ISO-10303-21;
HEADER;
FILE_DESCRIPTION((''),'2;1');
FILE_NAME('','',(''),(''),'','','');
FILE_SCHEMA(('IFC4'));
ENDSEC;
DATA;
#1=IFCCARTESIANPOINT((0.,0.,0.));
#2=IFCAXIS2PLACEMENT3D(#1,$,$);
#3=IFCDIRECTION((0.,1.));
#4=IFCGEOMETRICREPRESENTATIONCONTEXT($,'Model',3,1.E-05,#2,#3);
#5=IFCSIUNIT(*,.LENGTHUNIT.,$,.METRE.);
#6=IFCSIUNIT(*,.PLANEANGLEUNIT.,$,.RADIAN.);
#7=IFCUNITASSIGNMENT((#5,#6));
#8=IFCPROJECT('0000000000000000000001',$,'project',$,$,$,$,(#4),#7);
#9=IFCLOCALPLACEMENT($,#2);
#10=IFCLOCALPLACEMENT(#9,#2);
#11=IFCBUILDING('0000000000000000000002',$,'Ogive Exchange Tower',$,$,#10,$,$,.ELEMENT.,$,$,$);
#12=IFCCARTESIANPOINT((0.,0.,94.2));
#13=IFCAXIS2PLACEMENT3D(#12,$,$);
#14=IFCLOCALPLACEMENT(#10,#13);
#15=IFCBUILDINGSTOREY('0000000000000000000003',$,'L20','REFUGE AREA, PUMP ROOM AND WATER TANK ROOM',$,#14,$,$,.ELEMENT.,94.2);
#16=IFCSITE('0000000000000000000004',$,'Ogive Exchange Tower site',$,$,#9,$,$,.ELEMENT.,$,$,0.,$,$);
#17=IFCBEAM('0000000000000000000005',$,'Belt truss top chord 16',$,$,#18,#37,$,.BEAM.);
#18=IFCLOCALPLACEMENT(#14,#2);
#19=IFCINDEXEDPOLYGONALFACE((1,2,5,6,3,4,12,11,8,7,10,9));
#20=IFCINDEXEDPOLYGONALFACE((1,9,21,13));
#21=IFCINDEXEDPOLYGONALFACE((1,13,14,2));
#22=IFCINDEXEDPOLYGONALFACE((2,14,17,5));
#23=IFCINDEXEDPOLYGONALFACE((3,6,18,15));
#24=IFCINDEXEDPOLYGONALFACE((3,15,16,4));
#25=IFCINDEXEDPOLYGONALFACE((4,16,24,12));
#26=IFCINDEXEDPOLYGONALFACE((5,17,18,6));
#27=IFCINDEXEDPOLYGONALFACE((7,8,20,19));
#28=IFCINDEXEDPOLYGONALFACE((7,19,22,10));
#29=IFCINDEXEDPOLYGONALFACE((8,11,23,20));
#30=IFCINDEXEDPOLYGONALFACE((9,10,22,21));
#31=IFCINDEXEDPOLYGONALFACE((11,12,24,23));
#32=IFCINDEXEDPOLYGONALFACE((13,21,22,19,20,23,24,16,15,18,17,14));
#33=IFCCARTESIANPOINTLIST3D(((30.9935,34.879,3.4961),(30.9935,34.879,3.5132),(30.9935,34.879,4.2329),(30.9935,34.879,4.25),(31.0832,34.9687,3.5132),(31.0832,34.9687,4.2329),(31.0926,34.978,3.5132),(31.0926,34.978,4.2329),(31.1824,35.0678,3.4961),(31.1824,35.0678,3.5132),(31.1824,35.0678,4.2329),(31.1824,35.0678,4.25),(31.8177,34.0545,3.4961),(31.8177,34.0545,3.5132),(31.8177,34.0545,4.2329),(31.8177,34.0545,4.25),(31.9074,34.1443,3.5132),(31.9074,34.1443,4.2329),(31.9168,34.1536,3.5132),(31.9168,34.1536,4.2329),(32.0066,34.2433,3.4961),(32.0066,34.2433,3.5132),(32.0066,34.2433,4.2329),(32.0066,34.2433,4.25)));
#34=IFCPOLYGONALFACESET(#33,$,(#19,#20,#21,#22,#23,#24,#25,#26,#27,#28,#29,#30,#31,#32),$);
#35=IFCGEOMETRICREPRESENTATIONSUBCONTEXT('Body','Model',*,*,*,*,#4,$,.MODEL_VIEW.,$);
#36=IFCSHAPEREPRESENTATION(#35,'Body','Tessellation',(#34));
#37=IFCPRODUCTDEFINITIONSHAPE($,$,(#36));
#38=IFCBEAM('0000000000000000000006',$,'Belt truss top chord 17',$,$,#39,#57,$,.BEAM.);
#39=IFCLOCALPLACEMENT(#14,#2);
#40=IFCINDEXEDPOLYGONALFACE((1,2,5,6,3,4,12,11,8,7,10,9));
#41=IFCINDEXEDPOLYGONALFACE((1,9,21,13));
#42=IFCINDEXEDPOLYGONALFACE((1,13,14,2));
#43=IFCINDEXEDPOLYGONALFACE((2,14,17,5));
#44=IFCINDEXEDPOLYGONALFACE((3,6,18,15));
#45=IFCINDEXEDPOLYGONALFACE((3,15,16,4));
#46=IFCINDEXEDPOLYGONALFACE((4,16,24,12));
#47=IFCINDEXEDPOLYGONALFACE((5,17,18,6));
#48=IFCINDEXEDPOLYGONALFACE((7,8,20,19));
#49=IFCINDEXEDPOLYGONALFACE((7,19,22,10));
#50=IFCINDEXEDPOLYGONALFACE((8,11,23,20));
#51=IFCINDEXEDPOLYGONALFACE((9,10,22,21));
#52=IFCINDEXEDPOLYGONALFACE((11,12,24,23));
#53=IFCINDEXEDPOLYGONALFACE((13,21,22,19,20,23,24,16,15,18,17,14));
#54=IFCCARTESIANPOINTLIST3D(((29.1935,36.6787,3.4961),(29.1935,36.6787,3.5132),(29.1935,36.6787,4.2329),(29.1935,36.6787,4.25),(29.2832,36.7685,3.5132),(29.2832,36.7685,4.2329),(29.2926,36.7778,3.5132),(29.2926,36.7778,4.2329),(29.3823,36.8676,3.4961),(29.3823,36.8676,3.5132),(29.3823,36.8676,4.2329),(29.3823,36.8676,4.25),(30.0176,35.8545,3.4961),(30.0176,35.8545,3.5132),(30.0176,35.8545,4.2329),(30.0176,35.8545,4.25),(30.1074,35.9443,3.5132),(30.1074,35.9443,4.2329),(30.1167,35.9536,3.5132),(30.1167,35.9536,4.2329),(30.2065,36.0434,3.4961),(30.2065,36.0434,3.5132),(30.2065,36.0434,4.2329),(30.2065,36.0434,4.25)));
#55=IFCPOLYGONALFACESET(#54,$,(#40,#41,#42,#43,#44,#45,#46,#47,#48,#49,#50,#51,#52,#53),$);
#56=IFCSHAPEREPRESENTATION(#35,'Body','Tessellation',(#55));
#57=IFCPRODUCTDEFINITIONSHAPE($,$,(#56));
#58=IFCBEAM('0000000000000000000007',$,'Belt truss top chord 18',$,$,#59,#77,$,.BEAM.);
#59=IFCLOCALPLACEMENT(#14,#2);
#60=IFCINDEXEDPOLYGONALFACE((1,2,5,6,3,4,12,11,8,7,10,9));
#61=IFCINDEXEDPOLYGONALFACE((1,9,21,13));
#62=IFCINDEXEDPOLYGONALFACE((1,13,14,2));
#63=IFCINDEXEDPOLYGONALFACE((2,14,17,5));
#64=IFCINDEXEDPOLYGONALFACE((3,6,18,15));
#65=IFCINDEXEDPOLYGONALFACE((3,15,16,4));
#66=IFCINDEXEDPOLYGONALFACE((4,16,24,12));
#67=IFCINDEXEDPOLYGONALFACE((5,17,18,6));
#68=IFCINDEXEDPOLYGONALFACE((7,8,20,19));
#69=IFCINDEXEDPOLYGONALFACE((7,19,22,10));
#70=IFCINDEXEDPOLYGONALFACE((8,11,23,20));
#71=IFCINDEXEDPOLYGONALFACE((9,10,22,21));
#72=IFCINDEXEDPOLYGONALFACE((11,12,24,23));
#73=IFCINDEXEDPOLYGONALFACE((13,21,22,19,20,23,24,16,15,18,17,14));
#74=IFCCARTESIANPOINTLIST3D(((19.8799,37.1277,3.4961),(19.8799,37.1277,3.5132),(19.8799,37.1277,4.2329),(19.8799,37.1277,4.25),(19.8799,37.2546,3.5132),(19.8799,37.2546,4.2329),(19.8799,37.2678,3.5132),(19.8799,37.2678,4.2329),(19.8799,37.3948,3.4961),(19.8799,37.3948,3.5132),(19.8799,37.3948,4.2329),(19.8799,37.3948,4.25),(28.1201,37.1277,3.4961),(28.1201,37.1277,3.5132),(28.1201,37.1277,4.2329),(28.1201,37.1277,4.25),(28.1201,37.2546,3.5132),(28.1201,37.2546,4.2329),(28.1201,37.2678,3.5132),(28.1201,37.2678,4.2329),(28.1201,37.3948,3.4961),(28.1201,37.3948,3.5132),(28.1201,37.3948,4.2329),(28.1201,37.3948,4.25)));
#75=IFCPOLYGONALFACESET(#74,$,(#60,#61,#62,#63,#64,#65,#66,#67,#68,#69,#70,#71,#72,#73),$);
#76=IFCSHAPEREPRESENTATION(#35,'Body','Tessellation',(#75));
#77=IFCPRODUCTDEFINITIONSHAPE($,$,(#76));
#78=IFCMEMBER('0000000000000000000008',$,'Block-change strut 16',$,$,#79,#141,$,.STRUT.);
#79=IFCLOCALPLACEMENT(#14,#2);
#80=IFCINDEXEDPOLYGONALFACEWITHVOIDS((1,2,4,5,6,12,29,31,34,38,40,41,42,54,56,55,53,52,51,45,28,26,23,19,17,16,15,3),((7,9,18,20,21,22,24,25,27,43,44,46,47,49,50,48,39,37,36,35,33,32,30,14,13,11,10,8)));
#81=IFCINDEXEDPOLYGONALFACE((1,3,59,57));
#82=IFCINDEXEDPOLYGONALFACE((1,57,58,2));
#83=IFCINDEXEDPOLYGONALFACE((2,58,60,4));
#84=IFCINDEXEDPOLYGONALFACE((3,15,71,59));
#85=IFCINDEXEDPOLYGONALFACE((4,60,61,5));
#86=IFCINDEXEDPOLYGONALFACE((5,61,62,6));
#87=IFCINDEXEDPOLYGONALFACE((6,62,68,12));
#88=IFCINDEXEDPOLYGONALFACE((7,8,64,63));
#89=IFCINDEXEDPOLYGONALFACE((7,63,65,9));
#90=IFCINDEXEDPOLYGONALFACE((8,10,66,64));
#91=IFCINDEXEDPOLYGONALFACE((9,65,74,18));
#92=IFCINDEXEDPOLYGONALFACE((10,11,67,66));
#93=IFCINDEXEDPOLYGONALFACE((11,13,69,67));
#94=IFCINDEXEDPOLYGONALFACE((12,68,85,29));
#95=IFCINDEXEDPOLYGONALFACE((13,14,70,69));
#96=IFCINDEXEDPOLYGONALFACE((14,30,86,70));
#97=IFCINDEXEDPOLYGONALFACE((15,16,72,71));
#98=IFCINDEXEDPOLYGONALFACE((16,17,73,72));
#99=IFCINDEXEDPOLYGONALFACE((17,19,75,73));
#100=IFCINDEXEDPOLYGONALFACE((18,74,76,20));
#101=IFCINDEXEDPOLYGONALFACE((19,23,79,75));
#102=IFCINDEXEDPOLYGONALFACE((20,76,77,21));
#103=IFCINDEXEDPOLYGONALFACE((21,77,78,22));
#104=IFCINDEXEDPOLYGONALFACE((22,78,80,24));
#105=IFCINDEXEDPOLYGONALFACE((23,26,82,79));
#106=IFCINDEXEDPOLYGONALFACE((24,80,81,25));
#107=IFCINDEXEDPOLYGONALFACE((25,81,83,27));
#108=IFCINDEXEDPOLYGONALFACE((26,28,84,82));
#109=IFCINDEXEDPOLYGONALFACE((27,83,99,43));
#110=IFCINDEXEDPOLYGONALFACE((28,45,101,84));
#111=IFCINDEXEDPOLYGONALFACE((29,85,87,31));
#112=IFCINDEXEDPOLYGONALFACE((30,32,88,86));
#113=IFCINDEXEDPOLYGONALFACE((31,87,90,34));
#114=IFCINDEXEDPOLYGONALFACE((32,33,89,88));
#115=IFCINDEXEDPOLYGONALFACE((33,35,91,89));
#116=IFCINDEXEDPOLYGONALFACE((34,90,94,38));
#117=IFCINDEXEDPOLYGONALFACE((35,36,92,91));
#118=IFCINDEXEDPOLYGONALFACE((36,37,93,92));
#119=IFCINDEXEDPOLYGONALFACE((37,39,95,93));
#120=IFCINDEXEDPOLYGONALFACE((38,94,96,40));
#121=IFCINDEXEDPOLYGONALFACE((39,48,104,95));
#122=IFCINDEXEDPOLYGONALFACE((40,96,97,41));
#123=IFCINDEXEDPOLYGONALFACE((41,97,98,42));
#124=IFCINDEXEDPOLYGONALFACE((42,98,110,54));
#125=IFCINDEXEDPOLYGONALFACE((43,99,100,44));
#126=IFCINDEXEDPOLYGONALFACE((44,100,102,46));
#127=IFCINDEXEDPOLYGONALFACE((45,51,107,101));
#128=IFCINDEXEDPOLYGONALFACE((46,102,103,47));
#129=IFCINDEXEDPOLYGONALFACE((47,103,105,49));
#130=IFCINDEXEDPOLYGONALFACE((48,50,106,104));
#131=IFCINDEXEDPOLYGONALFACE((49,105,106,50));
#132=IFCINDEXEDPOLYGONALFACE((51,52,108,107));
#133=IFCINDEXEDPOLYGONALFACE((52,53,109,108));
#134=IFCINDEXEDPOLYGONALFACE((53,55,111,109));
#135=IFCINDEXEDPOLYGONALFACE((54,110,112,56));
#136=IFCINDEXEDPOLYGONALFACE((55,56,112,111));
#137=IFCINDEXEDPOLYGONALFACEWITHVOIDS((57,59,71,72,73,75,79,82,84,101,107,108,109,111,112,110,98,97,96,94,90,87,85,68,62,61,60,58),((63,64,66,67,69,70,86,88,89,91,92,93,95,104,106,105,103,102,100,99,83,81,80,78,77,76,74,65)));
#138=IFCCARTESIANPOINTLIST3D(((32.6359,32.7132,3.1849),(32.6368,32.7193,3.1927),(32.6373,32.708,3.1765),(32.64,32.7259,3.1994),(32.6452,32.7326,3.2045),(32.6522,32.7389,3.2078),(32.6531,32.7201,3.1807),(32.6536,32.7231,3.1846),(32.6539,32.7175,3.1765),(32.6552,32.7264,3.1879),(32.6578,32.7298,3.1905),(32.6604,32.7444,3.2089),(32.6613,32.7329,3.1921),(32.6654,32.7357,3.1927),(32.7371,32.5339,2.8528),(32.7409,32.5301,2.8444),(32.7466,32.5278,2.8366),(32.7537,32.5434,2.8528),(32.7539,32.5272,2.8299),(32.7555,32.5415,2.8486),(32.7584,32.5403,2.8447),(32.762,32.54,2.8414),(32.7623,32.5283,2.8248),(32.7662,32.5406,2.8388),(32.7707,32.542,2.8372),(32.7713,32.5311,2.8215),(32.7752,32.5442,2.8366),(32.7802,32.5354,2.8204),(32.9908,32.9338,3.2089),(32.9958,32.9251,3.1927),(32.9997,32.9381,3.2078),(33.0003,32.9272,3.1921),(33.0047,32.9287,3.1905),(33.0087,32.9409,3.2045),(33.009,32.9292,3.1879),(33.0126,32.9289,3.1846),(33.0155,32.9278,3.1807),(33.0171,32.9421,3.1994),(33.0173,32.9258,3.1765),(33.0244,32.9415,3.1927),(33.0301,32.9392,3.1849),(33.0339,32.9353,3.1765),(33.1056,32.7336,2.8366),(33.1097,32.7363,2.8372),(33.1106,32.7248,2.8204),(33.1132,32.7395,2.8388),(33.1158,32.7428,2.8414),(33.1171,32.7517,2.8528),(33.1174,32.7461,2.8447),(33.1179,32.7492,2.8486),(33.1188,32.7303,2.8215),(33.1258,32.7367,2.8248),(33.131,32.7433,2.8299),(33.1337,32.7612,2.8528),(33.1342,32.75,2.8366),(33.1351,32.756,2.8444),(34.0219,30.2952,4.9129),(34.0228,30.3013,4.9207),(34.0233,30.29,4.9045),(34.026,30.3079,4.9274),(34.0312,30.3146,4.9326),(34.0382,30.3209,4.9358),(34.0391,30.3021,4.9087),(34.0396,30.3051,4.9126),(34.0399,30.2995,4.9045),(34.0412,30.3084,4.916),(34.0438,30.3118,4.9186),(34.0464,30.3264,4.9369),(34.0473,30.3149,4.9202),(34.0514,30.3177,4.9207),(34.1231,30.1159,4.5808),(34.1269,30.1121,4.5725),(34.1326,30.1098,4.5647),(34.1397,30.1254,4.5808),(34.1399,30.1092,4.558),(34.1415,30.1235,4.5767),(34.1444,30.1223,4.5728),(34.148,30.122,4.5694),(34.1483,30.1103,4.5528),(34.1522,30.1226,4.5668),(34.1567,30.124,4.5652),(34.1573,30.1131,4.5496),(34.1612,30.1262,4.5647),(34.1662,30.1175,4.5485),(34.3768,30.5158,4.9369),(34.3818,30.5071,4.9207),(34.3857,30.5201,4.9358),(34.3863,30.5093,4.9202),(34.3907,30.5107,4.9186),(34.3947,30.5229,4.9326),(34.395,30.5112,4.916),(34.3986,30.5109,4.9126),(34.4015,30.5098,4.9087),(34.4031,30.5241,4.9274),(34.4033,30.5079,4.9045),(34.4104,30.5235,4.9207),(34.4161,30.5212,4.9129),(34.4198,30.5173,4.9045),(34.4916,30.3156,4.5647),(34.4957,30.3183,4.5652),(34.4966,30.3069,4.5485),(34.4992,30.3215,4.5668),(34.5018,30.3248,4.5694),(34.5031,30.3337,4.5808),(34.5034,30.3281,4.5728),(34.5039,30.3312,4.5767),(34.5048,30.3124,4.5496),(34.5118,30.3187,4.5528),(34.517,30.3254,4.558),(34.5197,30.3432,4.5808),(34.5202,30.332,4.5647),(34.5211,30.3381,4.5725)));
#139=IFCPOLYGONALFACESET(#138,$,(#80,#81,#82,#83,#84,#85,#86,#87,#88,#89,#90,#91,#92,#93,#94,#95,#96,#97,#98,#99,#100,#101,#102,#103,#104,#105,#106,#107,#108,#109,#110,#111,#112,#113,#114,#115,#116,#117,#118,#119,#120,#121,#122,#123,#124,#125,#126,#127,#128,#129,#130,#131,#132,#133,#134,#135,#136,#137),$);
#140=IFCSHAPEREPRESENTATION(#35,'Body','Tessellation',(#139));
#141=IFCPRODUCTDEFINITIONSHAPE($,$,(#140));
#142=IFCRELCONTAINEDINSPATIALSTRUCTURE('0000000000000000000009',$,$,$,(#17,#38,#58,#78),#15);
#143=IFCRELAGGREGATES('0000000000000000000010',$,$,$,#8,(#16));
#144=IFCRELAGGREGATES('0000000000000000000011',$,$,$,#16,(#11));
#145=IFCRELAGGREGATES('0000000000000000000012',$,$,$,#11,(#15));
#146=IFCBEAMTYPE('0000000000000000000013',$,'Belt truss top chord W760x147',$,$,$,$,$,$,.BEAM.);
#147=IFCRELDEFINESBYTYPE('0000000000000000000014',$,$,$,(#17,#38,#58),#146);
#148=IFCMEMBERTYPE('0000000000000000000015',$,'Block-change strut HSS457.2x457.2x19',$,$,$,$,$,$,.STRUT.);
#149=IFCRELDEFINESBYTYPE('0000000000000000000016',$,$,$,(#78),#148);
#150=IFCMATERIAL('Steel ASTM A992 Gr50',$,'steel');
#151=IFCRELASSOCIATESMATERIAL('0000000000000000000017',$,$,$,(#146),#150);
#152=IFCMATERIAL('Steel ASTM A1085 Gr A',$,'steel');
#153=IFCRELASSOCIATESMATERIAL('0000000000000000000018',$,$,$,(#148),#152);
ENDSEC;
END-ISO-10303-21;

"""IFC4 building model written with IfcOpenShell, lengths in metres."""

from ifc_helpers import new_model, si_unit, direction, frame, origin, origin_2d, place, context, subcontext, project, spatial, hollow_rectangle, i_section, extrude, material, material_profile, profile_set, type_object, element, save


model = new_model("IFC4")

# Units and contexts
model_context = context("Model", 3, precision=1e-05, world=origin(), true_north=direction((0.0, 1.0)))
body_context = subcontext(model_context, "Body", "Model", "MODEL_VIEW")
ifc_project = project(units=[si_unit("LENGTHUNIT", "METRE"), si_unit("PLANEANGLEUNIT", "RADIAN")], contexts=[model_context])

# Site, building, storey
site_placement = place(None, origin())
site = spatial("IfcSite", under=ifc_project, at=site_placement, Name="Ogive Exchange Tower site", CompositionType="ELEMENT", RefElevation=0.0)
building_placement = place(site_placement, origin())
building = spatial("IfcBuilding", under=site, at=building_placement, Name="Ogive Exchange Tower", CompositionType="ELEMENT")
storey_placement = place(building_placement, frame((0.0, 0.0, 94.2)))
storey = spatial("IfcBuildingStorey", under=building, at=storey_placement, Name="L20", Description="REFUGE AREA, PUMP ROOM AND WATER TANK ROOM", CompositionType="ELEMENT", Elevation=94.2)

# Shared definitions
ifc_material_1 = material(Name="Steel ASTM A992 Gr50", Category="steel")

# Shared definitions
ifc_material_2 = material(Name="Steel ASTM A1085 Gr A", Category="steel")

# Beams
ifc_material_profile_1 = material_profile(ifc_material_1, i_section(OverallWidth=0.2671, OverallDepth=0.7539, WebThickness=0.0132, FlangeThickness=0.0171, at=origin_2d()), Name="W760x147")
ifc_profile_set_1 = profile_set([ifc_material_profile_1], Name="Steel ASTM A992 Gr50")
beam_type_1 = type_object("IfcBeamType", Name="Belt truss top chord W760x147", PredefinedType="BEAM", material=ifc_profile_set_1)
beam_1_placement = place(storey_placement, frame((31.9121, 34.1489, 3.873), z_axis=(-0.707002, 0.707211, 0.0), x_axis=(-0.707211, -0.707002, 0.0)))
element("IfcBeam", 1, at=beam_1_placement, inside=storey, type_object=beam_type_1, Name="Belt truss top chord 16", PredefinedType="BEAM", context=body_context, shape_type="SweptSolid", body=[
    extrude(i_section(OverallWidth=0.2671, OverallDepth=0.7539, WebThickness=0.0132, FlangeThickness=0.0171, at=origin_2d()), origin(), (0.0, 0.0, 1.0), 1.1658),
])
beam_2_placement = place(storey_placement, frame((30.1121, 35.949, 3.873), z_axis=(-0.707107, 0.707107, 0.0), x_axis=(-0.707107, -0.707107, 0.0)))
element("IfcBeam", 2, at=beam_2_placement, inside=storey, type_object=beam_type_1, Name="Belt truss top chord 17", PredefinedType="BEAM", context=body_context, shape_type="SweptSolid", body=[
    extrude(i_section(OverallWidth=0.2671, OverallDepth=0.7539, WebThickness=0.0132, FlangeThickness=0.0171, at=origin_2d()), origin(), (0.0, 0.0, 1.0), 1.1655),
])
beam_3_placement = place(storey_placement, frame((28.1201, 37.2612, 3.873), z_axis=(-1.0, 0.0, 0.0), x_axis=(0.0, -1.0, 0.0)))
element("IfcBeam", 3, at=beam_3_placement, inside=storey, type_object=beam_type_1, Name="Belt truss top chord 18", PredefinedType="BEAM", context=body_context, shape_type="SweptSolid", body=[
    extrude(i_section(OverallWidth=0.2671, OverallDepth=0.7539, WebThickness=0.0132, FlangeThickness=0.0171, at=origin_2d()), origin(), (0.0, 0.0, 1.0), 8.2402),
])

# Member
ifc_material_profile_2 = material_profile(ifc_material_2, hollow_rectangle(XDim=0.457, YDim=0.457, WallThickness=0.019, InnerFilletRadius=0.019, OuterFilletRadius=0.0381, at=origin_2d()), Name="HSS457.2x457.2x19")
ifc_profile_set_2 = profile_set([ifc_material_profile_2], Name="Steel ASTM A1085 Gr A")
member_type_1 = type_object("IfcMemberType", Name="Block-change strut HSS457.2x457.2x19", PredefinedType="STRUT", material=ifc_profile_set_2)
member_1_placement = place(storey_placement, frame((32.8855, 32.7346, 3.0146), z_axis=(0.422651, -0.73735, 0.526955), x_axis=(0.867579, 0.497299, 0.0)))
element("IfcMember", 4, at=member_1_placement, inside=storey, type_object=member_type_1, Name="Block-change strut 16", PredefinedType="STRUT", context=body_context, shape_type="SweptSolid", body=[
    extrude(hollow_rectangle(XDim=0.457, YDim=0.457, WallThickness=0.019, InnerFilletRadius=0.019, OuterFilletRadius=0.0381, at=origin_2d()), origin(), (0.0, 0.0, 1.0), 3.2793),
])

save(model, "model.ifc")
